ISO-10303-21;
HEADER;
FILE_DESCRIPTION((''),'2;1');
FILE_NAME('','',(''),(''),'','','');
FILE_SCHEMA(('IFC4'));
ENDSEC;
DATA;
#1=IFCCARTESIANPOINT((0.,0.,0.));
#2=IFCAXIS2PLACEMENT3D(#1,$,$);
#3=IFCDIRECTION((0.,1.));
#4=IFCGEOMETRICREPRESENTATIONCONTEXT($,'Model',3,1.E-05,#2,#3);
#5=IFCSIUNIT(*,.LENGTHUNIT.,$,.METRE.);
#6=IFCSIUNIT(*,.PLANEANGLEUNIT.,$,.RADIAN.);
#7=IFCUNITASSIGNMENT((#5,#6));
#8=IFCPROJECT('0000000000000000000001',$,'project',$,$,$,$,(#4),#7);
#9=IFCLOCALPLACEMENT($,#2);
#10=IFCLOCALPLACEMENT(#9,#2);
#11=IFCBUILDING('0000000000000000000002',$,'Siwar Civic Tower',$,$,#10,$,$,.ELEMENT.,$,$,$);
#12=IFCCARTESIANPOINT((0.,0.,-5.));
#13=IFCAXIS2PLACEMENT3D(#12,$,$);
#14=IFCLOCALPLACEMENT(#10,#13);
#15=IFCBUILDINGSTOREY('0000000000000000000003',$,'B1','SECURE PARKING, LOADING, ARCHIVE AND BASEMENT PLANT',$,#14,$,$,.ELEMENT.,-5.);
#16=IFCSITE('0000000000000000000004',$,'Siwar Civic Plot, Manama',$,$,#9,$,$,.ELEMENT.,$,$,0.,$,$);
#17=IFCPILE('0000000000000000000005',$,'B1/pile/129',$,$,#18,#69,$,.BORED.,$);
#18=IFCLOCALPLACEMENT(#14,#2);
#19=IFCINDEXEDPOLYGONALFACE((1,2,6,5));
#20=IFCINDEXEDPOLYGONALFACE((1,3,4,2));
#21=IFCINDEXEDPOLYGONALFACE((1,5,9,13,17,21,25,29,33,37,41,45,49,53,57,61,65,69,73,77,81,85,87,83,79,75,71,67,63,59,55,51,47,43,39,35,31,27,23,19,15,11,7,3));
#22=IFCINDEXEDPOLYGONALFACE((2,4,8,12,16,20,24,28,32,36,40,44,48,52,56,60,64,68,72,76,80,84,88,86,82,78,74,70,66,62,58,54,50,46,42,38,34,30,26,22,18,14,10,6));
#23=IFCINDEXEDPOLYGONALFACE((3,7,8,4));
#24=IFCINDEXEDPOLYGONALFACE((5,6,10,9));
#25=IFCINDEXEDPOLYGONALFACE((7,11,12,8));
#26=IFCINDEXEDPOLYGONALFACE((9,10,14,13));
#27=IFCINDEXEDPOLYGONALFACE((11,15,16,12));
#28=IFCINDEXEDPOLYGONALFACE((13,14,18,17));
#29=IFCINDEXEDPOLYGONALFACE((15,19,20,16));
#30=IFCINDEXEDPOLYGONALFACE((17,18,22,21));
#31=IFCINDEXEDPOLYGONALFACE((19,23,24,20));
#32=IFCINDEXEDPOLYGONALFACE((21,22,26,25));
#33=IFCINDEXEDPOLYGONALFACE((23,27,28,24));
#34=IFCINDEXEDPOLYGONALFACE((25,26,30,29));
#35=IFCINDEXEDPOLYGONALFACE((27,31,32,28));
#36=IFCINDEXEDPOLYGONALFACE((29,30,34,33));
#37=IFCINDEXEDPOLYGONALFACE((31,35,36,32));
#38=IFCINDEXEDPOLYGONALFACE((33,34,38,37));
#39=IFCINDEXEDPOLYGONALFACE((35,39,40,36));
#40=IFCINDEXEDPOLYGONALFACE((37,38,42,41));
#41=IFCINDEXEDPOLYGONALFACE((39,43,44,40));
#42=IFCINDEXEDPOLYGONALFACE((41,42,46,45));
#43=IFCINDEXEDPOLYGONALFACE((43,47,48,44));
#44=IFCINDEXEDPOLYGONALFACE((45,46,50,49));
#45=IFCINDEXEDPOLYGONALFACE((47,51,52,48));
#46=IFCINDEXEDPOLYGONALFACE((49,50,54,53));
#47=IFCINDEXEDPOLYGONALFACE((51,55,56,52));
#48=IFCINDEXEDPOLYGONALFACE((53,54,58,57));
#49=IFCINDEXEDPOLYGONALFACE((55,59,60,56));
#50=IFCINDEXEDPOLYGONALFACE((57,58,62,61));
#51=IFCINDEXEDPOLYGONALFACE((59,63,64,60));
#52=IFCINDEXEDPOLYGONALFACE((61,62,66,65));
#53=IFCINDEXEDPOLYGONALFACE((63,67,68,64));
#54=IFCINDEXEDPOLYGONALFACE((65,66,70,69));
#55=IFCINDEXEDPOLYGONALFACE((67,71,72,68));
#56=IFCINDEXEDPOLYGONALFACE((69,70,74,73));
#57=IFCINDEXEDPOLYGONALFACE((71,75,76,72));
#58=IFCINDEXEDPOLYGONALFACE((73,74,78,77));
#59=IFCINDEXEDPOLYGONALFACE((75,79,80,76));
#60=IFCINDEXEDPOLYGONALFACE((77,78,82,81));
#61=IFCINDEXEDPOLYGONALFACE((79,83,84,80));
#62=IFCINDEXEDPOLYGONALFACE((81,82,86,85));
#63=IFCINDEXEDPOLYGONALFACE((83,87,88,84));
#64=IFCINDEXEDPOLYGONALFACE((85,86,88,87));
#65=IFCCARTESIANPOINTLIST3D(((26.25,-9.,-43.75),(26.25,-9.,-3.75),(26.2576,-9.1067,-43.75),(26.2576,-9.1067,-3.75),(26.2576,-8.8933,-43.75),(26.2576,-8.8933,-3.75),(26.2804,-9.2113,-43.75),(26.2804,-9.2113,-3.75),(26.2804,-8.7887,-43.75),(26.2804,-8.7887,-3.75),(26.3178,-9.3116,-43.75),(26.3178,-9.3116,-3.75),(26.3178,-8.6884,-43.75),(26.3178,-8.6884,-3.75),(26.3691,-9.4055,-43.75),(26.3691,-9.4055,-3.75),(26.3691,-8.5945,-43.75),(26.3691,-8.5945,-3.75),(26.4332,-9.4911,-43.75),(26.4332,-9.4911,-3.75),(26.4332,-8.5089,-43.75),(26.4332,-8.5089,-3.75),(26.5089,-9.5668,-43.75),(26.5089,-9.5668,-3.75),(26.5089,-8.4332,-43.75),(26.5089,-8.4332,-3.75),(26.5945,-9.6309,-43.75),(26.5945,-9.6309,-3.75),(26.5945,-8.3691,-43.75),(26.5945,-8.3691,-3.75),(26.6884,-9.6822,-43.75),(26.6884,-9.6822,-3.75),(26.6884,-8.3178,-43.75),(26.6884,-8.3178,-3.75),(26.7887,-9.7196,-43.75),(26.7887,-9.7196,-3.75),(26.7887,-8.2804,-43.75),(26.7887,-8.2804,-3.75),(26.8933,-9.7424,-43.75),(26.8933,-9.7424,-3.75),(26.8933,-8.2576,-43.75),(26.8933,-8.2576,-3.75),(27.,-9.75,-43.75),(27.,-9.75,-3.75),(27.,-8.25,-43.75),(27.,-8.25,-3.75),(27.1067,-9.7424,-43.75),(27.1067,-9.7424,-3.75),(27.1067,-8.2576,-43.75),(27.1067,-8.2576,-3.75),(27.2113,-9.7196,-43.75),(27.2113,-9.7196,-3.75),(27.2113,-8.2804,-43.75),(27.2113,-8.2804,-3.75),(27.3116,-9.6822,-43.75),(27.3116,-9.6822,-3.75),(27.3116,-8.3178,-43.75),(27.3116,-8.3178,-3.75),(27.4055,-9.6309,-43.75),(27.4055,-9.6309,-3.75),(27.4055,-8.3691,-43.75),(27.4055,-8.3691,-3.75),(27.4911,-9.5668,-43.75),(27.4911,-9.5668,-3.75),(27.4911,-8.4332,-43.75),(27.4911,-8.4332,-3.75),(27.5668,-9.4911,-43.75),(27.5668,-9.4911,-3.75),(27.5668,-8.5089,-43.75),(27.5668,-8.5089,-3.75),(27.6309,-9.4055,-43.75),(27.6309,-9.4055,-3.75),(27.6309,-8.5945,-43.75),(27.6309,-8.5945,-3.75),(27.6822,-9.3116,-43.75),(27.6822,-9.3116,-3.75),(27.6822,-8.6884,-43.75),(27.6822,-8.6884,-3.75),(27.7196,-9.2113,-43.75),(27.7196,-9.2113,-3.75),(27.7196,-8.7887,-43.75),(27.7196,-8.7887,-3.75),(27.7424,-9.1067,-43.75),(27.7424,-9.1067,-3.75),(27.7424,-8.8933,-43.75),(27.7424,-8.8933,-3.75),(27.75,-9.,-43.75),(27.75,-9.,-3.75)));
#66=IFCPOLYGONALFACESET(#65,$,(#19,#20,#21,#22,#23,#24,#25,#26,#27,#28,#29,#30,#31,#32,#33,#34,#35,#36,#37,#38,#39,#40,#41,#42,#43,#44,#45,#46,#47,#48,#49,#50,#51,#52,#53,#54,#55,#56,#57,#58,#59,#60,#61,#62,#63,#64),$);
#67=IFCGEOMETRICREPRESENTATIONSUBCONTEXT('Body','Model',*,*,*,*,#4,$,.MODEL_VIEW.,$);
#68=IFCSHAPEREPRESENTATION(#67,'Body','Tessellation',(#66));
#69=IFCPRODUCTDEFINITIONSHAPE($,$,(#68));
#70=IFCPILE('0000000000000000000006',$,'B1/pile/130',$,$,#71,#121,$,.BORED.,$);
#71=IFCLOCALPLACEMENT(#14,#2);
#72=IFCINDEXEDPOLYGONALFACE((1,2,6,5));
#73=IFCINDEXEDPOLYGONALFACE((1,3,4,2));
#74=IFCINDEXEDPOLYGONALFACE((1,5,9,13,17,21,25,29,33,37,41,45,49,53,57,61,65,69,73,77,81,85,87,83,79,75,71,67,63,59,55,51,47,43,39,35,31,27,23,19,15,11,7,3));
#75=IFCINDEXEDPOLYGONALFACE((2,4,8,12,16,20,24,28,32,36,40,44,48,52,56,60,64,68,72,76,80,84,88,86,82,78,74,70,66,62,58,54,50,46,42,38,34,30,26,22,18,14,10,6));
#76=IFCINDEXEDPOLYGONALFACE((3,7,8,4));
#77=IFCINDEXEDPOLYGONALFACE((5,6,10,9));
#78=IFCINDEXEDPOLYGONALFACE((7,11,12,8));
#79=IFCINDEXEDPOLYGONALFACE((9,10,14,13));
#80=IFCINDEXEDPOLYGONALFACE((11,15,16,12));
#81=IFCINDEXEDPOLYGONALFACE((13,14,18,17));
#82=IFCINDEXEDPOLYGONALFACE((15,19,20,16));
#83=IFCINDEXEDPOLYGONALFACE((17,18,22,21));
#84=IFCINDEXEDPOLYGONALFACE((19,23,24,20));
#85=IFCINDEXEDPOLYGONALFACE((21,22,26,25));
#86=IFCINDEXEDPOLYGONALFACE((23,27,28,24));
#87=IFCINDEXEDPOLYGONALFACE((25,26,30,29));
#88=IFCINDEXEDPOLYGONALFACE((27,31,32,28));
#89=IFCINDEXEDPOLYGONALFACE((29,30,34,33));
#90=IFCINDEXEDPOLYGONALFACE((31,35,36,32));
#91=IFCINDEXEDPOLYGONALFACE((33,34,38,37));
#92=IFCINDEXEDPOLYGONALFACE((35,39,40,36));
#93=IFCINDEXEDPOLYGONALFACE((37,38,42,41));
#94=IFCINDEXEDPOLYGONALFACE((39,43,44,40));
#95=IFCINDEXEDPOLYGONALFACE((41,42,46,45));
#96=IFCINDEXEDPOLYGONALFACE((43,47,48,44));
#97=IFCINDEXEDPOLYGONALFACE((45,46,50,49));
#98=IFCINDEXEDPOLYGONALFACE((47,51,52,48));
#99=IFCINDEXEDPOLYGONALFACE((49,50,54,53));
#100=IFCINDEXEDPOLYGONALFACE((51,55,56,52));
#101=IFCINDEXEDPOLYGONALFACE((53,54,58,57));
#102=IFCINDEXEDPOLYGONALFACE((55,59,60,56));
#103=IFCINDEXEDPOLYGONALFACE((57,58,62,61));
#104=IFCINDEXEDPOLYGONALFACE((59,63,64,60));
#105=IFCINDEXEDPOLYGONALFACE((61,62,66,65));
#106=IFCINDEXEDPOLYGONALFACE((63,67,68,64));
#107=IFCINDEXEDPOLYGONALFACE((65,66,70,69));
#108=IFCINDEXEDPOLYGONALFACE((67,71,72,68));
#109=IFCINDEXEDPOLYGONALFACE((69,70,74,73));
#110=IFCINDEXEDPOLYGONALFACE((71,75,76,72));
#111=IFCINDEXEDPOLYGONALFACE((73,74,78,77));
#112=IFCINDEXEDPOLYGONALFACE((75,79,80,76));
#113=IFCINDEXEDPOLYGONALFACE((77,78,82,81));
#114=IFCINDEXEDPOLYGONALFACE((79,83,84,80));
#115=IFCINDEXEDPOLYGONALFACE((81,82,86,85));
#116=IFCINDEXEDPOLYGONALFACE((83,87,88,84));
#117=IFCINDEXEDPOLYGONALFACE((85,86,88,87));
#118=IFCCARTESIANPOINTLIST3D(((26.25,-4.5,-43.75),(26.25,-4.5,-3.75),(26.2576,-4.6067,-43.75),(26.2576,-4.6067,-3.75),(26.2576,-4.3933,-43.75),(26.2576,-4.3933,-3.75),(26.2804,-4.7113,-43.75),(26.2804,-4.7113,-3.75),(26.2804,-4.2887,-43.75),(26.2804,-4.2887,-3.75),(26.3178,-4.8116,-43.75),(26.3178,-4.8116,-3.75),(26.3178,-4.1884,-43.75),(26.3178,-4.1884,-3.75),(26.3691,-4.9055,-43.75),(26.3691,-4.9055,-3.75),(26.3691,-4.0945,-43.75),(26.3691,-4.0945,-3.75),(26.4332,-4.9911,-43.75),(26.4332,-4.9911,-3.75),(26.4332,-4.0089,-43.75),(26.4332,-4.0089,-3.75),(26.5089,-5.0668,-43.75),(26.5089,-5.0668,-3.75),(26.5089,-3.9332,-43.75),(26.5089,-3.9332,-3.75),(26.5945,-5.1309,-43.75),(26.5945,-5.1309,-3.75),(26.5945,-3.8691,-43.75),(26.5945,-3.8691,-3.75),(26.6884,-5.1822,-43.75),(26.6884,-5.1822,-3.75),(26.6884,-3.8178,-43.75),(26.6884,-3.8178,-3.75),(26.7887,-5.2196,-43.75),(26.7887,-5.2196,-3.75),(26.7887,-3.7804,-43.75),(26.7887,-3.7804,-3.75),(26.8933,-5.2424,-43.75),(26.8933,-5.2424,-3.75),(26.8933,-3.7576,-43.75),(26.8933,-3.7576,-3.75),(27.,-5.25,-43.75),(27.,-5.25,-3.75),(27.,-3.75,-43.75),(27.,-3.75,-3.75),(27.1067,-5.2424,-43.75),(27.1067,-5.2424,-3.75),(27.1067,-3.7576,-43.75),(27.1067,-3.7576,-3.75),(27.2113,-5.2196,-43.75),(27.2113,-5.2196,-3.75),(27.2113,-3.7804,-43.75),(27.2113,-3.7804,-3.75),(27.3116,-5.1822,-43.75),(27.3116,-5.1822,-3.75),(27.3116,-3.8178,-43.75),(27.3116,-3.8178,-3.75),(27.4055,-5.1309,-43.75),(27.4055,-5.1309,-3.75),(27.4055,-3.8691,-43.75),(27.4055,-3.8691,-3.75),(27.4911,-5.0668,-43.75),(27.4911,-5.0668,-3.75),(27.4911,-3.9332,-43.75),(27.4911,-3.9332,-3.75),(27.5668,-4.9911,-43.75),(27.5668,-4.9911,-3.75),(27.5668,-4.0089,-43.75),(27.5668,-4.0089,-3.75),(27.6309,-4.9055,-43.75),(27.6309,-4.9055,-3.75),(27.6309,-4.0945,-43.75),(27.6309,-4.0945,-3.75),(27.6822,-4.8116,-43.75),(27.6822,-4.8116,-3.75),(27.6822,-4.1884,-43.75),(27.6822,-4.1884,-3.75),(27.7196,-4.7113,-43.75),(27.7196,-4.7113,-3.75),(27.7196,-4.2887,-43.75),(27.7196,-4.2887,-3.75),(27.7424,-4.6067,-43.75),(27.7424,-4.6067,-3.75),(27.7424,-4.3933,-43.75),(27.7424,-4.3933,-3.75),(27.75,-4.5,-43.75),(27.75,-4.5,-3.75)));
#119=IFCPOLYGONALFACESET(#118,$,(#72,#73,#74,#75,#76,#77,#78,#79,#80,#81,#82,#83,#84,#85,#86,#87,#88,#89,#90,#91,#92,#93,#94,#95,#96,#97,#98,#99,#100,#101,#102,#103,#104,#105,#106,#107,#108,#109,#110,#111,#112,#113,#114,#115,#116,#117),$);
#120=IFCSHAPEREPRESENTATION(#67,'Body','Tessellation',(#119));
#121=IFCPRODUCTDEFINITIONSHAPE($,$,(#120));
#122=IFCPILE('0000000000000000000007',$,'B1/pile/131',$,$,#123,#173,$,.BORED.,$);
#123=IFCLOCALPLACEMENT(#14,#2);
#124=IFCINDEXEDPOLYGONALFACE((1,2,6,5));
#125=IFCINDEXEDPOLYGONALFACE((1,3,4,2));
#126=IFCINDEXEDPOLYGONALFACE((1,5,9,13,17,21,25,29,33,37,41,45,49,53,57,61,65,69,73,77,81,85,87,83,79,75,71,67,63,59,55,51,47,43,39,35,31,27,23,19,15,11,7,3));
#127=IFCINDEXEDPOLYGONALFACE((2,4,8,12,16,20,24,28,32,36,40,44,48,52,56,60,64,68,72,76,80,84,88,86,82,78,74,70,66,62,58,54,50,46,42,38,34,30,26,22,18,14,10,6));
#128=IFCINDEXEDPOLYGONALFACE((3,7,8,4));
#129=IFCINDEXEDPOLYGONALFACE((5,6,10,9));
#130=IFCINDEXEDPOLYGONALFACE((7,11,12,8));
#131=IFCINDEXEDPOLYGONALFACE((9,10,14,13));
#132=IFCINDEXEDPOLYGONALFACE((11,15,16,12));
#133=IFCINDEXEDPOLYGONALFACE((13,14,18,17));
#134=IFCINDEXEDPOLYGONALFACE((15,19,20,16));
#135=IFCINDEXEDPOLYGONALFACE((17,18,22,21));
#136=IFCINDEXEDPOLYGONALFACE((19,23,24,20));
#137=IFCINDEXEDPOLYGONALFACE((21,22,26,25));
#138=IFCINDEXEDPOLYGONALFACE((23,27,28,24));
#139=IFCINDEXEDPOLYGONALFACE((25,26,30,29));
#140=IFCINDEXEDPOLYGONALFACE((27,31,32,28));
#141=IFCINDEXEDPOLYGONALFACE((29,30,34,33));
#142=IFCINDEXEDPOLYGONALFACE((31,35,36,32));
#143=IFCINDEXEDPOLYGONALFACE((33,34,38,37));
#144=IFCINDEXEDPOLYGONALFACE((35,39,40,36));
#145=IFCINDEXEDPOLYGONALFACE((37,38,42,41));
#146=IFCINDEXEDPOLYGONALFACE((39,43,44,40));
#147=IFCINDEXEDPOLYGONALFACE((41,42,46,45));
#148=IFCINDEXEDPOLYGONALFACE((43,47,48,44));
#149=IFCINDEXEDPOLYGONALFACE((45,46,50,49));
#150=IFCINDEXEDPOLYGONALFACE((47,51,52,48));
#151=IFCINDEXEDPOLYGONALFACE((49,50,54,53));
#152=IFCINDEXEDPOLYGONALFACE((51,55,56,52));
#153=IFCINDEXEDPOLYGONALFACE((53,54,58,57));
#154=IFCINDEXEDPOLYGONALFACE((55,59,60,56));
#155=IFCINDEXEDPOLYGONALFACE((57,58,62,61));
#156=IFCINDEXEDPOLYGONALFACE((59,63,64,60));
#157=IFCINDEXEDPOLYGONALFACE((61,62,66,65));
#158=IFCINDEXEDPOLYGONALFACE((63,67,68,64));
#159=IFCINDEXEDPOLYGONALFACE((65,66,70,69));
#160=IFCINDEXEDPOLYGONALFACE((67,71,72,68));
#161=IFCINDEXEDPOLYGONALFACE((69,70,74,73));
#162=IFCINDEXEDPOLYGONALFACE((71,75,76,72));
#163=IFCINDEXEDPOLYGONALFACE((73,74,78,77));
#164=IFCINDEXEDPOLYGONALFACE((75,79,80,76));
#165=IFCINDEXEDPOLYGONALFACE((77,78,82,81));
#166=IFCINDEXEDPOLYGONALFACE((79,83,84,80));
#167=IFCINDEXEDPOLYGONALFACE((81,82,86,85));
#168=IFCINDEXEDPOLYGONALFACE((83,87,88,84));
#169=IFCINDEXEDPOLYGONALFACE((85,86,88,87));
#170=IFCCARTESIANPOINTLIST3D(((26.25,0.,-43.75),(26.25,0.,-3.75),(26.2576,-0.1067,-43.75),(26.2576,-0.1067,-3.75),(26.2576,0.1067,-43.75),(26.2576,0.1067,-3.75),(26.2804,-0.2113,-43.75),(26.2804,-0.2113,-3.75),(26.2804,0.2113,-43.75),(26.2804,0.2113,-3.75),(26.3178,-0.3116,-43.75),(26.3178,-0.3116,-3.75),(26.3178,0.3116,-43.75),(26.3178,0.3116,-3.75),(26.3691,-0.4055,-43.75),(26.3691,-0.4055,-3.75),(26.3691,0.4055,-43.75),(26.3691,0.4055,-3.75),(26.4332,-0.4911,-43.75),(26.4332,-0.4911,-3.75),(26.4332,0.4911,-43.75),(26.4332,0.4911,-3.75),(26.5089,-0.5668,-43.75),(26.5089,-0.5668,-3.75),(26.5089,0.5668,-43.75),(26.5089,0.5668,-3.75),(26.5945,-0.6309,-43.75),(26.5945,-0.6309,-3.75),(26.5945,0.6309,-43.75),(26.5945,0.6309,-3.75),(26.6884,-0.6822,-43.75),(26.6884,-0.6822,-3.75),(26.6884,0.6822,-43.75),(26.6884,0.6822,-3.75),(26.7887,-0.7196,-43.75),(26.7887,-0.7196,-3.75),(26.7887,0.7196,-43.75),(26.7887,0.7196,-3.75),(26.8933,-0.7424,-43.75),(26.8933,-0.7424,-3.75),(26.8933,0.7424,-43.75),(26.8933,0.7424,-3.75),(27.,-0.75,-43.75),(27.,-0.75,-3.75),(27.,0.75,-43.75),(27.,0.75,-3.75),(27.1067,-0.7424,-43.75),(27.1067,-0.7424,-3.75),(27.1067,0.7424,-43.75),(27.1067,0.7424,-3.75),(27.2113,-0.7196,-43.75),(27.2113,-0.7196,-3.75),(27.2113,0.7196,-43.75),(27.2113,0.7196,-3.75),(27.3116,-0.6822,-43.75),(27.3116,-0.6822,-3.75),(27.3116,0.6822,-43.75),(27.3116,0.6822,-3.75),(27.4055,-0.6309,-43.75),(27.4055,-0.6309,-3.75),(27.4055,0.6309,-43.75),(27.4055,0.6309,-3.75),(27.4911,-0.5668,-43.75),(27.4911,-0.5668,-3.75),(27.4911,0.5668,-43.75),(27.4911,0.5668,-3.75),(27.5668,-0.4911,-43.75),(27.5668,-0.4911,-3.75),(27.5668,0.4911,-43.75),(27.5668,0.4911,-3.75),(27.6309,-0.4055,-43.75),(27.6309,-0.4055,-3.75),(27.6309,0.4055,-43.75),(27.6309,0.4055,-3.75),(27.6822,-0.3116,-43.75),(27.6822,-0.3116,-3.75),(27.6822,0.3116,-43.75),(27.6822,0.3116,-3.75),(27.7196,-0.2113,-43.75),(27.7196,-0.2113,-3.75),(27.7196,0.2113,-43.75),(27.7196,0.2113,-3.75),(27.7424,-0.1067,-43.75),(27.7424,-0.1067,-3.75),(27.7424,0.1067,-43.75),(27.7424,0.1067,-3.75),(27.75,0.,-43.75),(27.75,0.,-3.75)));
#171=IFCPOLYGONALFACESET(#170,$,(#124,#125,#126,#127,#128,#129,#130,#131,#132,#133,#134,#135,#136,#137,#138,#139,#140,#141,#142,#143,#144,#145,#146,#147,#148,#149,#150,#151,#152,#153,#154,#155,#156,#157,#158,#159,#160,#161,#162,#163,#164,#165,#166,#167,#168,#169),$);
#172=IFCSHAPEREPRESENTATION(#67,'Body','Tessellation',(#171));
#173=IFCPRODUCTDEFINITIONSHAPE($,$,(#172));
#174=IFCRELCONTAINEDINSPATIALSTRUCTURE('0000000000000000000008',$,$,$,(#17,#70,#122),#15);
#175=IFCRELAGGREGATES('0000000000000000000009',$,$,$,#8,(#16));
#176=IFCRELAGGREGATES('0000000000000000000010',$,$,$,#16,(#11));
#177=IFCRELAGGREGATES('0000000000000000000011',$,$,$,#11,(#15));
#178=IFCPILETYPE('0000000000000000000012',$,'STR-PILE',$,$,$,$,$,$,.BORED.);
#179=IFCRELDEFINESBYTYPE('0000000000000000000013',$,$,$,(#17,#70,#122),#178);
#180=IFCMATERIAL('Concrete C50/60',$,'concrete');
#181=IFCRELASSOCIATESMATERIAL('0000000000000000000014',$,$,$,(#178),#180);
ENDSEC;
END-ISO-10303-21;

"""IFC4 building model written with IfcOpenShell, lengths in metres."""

from ifc_helpers import new_model, si_unit, direction, frame, origin, origin_2d, place, context, subcontext, project, spatial, circle, extrude, material, material_profile, profile_set, type_object, element, save


model = new_model("IFC4")

# Units and contexts
model_context = context("Model", 3, precision=1e-05, world=origin(), true_north=direction((0.0, 1.0)))
body_context = subcontext(model_context, "Body", "Model", "MODEL_VIEW")
ifc_project = project(units=[si_unit("LENGTHUNIT", "METRE"), si_unit("PLANEANGLEUNIT", "RADIAN")], contexts=[model_context])

# Site, building, storey
site_placement = place(None, origin())
site = spatial("IfcSite", under=ifc_project, at=site_placement, Name="Siwar Civic Plot, Manama", CompositionType="ELEMENT", RefElevation=0.0)
building_placement = place(site_placement, origin())
building = spatial("IfcBuilding", under=site, at=building_placement, Name="Siwar Civic Tower", CompositionType="ELEMENT")
storey_placement = place(building_placement, frame((0.0, 0.0, -5.0)))
storey = spatial("IfcBuildingStorey", under=building, at=storey_placement, Name="B1", Description="SECURE PARKING, LOADING, ARCHIVE AND BASEMENT PLANT", CompositionType="ELEMENT", Elevation=-5.0)

# Piles
ifc_material_1 = material(Name="Concrete C50/60", Category="concrete")
ifc_material_profile_1 = material_profile(ifc_material_1, circle(Radius=0.75, at=origin_2d()), Name="PILE1500")
ifc_profile_set_1 = profile_set([ifc_material_profile_1], Name="Concrete C50/60")
pile_type = type_object("IfcPileType", Name="STR-PILE", PredefinedType="BORED", material=ifc_profile_set_1)
for number, where, z_axis, x_axis, name in (
    (1, (27.0, -9.0, -3.75), (0.0, 0.0, -1.0), (1.0, 0.0, 0.0), "B1/pile/129"),
    (2, (27.0, -4.5, -3.75), (0.0, 0.0, -1.0), (1.0, 0.0, 0.0), "B1/pile/130"),
    (3, (27.0, 0.0, -3.75), (0.0, 0.0, -1.0), (1.0, 0.0, 0.0), "B1/pile/131"),
):
    element("IfcPile", number, at=place(storey_placement, frame(where, z_axis=z_axis, x_axis=x_axis)), inside=storey, type_object=pile_type, Name=name, PredefinedType="BORED", context=body_context, shape_type="SweptSolid", body=[
        extrude(circle(Radius=0.75, at=origin_2d()), origin(), (0.0, 0.0, 1.0), 40.0),
    ])

save(model, "model.ifc")
